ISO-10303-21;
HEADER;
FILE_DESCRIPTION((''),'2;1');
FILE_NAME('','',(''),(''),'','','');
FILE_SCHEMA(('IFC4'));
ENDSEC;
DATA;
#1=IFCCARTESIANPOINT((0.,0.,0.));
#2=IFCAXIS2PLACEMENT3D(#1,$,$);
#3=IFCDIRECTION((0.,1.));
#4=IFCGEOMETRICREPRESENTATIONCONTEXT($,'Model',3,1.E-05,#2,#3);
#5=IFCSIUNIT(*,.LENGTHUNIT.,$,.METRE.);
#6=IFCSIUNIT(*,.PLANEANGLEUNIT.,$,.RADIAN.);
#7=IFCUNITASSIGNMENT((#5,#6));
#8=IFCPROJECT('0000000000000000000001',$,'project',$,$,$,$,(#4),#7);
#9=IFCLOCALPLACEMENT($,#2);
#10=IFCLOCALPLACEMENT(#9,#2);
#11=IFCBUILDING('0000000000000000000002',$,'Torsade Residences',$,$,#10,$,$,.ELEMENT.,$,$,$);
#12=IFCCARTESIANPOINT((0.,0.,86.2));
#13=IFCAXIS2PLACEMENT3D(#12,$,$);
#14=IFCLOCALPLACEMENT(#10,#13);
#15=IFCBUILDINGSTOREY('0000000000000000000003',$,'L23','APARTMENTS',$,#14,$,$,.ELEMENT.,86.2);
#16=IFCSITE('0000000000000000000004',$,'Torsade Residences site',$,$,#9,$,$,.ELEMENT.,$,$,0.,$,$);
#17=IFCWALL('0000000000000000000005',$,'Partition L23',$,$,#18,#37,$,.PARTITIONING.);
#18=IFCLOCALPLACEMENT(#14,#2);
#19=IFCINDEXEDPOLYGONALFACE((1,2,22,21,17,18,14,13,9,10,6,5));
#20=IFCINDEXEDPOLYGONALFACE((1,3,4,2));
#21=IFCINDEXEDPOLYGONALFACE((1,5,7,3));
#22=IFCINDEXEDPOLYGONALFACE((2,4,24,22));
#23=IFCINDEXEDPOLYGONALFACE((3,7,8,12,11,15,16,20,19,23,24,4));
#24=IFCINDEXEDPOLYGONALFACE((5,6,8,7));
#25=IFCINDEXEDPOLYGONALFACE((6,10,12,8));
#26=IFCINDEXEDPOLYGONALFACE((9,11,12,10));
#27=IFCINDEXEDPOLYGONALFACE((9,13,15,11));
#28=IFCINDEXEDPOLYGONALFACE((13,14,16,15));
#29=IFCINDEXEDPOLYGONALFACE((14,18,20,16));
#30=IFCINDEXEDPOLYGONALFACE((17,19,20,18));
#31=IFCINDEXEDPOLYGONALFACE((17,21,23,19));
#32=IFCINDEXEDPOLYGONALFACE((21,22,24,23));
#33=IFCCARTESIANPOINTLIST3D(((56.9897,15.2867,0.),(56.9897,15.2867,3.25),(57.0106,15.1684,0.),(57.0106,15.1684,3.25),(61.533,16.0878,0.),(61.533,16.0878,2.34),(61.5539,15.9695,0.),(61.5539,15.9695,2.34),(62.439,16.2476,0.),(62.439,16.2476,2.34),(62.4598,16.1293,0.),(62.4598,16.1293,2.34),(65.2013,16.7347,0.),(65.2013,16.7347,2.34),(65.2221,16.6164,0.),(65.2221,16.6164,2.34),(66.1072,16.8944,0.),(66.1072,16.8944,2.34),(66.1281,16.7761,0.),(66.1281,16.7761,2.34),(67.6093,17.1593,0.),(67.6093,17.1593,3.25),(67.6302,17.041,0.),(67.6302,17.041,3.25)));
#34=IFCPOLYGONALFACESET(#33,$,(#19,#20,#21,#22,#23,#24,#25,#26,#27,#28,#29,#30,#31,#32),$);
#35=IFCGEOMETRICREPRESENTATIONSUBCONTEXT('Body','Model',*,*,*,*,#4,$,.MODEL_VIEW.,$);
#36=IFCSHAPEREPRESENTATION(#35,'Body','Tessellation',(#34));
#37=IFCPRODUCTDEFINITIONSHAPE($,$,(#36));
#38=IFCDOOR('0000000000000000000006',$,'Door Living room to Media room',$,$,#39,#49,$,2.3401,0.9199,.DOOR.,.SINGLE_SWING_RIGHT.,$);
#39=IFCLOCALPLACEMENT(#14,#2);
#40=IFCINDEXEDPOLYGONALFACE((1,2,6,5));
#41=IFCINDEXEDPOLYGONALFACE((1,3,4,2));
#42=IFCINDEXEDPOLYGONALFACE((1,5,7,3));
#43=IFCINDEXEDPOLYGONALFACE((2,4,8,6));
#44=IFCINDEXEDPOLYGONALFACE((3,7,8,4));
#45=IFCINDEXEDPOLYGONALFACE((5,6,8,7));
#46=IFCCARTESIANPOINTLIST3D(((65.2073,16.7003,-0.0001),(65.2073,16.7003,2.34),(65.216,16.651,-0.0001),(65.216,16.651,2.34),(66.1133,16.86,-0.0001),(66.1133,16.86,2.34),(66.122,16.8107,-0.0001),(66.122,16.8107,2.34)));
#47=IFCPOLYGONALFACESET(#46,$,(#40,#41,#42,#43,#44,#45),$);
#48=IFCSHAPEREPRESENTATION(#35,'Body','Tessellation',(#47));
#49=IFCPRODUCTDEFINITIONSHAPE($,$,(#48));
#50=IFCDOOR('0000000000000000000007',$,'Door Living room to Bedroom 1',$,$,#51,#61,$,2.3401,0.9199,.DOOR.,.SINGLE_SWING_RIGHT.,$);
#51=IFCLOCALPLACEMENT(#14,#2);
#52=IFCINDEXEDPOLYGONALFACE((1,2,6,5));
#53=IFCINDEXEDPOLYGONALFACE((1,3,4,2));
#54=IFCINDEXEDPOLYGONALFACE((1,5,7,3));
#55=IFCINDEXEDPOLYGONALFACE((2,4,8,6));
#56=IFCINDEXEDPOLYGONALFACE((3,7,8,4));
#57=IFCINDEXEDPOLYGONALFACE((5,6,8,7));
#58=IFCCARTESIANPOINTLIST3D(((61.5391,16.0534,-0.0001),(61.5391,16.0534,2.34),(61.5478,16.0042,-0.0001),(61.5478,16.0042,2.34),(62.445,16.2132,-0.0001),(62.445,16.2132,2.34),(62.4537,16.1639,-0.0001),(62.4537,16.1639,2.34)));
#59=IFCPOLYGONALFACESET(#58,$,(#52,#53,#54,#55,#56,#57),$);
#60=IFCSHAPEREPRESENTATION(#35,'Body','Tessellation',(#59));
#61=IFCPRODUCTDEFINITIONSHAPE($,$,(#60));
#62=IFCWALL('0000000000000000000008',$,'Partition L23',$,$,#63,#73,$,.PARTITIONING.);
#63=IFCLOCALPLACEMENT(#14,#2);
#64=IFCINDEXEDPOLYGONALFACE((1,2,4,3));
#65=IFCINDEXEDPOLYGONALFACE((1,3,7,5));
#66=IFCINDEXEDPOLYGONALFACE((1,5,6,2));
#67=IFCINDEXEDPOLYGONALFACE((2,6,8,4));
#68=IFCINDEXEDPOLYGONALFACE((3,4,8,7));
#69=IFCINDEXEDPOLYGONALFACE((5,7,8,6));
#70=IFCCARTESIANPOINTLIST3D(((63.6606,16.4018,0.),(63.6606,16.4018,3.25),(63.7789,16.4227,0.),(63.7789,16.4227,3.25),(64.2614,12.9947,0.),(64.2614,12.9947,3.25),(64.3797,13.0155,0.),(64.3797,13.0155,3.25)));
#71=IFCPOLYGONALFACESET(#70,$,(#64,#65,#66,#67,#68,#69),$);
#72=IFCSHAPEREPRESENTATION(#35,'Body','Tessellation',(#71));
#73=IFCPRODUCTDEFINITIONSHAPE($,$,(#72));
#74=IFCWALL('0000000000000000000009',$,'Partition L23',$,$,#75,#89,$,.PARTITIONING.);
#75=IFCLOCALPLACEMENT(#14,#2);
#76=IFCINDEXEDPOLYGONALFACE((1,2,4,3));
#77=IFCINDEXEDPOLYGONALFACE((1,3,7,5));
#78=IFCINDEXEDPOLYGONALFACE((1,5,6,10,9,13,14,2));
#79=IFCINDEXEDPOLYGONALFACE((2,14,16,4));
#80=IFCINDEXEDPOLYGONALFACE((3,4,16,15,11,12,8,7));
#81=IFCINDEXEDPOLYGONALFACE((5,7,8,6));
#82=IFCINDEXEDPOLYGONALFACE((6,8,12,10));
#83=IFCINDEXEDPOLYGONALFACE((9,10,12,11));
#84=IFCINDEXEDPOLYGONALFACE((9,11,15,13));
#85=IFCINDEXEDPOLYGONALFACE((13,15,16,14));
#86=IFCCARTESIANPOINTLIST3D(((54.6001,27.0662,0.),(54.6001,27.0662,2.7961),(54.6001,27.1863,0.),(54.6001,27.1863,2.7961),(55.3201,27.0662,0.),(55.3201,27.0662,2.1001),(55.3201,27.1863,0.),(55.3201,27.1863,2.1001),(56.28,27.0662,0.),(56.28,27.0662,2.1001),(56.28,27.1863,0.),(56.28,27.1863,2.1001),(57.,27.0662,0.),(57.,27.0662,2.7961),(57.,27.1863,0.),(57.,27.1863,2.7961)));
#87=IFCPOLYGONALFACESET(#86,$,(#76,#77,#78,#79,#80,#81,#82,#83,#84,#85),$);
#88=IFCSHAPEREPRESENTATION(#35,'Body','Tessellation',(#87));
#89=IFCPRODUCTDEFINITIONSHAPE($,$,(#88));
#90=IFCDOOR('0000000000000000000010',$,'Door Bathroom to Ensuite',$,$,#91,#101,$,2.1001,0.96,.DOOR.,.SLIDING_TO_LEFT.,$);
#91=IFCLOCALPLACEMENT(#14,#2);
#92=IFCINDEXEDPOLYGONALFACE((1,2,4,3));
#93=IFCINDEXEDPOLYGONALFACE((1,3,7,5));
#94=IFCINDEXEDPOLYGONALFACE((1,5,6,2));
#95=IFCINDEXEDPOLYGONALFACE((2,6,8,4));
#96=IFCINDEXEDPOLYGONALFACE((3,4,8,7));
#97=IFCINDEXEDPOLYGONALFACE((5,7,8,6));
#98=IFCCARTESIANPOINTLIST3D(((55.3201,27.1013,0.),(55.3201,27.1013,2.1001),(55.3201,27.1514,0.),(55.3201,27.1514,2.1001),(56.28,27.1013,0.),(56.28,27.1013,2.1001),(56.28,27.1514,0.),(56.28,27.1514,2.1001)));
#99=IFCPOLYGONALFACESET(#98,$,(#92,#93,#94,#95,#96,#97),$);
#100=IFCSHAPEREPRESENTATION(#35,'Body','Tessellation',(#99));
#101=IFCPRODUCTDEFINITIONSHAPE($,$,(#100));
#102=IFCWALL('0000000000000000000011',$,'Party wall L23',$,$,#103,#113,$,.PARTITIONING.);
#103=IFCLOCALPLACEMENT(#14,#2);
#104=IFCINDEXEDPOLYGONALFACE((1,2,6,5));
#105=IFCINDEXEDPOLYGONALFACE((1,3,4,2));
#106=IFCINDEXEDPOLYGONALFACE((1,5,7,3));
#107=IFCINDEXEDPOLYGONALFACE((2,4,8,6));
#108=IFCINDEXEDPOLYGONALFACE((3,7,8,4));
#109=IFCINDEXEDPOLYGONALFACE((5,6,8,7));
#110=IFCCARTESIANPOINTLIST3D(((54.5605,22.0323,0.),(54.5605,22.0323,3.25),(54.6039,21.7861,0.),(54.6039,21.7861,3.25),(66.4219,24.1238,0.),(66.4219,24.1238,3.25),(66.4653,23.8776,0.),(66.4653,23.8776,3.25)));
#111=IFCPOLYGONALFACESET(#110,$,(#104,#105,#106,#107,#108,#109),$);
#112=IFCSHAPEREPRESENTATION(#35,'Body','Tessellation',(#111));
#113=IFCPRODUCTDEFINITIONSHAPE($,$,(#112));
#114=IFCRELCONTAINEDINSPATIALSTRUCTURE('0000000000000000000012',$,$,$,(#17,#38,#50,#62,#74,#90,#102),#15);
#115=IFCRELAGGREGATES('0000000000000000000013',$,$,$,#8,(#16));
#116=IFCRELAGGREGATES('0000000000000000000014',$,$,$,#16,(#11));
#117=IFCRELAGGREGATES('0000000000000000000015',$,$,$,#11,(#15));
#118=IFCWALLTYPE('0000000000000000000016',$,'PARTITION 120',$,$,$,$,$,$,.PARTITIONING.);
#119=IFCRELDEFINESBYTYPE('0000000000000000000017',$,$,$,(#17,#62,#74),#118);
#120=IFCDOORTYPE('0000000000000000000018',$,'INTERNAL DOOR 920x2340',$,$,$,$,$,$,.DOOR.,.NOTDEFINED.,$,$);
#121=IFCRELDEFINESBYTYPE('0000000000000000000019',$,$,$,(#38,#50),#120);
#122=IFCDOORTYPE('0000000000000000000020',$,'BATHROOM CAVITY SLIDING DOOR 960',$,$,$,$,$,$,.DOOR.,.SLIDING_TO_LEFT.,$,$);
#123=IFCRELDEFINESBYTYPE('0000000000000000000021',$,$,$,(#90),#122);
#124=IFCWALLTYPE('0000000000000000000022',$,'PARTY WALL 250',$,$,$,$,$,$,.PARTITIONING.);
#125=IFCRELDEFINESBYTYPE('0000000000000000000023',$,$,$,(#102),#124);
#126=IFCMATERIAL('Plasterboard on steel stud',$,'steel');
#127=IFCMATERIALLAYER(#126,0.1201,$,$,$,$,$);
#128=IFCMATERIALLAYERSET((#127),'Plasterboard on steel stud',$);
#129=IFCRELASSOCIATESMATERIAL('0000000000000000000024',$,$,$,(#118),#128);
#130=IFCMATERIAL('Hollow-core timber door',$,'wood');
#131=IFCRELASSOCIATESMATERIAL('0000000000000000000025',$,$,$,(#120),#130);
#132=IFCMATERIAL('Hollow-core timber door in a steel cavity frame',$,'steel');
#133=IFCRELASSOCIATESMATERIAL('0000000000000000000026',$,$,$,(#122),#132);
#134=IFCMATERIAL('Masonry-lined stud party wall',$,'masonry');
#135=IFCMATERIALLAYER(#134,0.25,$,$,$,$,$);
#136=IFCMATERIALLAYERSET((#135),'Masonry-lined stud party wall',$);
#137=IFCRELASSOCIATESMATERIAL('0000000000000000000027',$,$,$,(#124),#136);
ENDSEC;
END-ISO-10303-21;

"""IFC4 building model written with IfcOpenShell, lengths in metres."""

from ifc_helpers import new_model, si_unit, direction, frame, frame_2d, origin, place, context, subcontext, project, spatial, rectangle, extrude, material, layer, layer_set, type_object, element, fill, save


model = new_model("IFC4")

# Units and contexts
model_context = context("Model", 3, precision=1e-05, world=origin(), true_north=direction((0.0, 1.0)))
body_context = subcontext(model_context, "Body", "Model", "MODEL_VIEW")
ifc_project = project(units=[si_unit("LENGTHUNIT", "METRE"), si_unit("PLANEANGLEUNIT", "RADIAN")], contexts=[model_context])

# Site, building, storey
site_placement = place(None, origin())
site = spatial("IfcSite", under=ifc_project, at=site_placement, Name="Torsade Residences site", CompositionType="ELEMENT", RefElevation=0.0)
building_placement = place(site_placement, origin())
building = spatial("IfcBuilding", under=site, at=building_placement, Name="Torsade Residences", CompositionType="ELEMENT")
storey_placement = place(building_placement, frame((0.0, 0.0, 86.2)))
storey = spatial("IfcBuildingStorey", under=building, at=storey_placement, Name="L23", Description="APARTMENTS", CompositionType="ELEMENT", Elevation=86.2)

# Wall, openings, doors
ifc_material_1 = material(Name="Plasterboard on steel stud", Category="steel")
ifc_layer_1 = layer(ifc_material_1, 0.1201)
ifc_layer_set_1 = layer_set([ifc_layer_1], Name="Plasterboard on steel stud")
wall_type_1 = type_object("IfcWallType", Name="PARTITION 120", PredefinedType="PARTITIONING", material=ifc_layer_set_1)
wall_1_placement = place(storey_placement, frame((67.6196, 17.1001, 0.0), z_axis=(0.0, 0.0, 1.0), x_axis=(-0.984807, -0.173651, 0.0)))
wall_1 = element("IfcWall", 1, at=wall_1_placement, inside=storey, type_object=wall_type_1, Name="Partition L23", PredefinedType="PARTITIONING", context=body_context, shape_type="SweptSolid", body=[
    extrude(rectangle(XDim=10.7834, YDim=0.1201, at=frame_2d((5.3916, 0.0))), origin(), (0.0, 0.0, 1.0), 3.25),
])
opening_1_placement = place(wall_1_placement, frame((1.5251, 0.0, 0.0)))
opening_1 = element("IfcOpeningElement", 2, at=opening_1_placement, cuts=wall_1, PredefinedType="OPENING", context=body_context, shape_type="SweptSolid", body=[
    extrude(rectangle(XDim=0.9199, YDim=2.3401, at=frame_2d((0.46, 1.1699))), frame((0.0, 0.0701, 0.0), z_axis=(0.0, -1.0, 0.0), x_axis=(1.0, 0.0, 0.0)), (0.0, 0.0, 1.0), 0.1401),
])
opening_2_placement = place(wall_1_placement, frame((5.25, 0.0, 0.0)))
opening_2 = element("IfcOpeningElement", 3, at=opening_2_placement, cuts=wall_1, PredefinedType="OPENING", context=body_context, shape_type="SweptSolid", body=[
    extrude(rectangle(XDim=0.9199, YDim=2.3401, at=frame_2d((0.46, 1.1699))), frame((0.0, 0.0701, 0.0), z_axis=(0.0, -1.0, 0.0), x_axis=(1.0, 0.0, 0.0)), (0.0, 0.0, 1.0), 0.1401),
])
ifc_material_2 = material(Name="Hollow-core timber door", Category="wood")
door_type_1 = type_object("IfcDoorType", Name="INTERNAL DOOR 920x2340", OperationType="NOTDEFINED", PredefinedType="DOOR", material=ifc_material_2)
door_1_placement = place(opening_1_placement, origin())
door_1 = element("IfcDoor", 4, at=door_1_placement, inside=storey, type_object=door_type_1, Name="Door Living room to Media room", OperationType="SINGLE_SWING_RIGHT", OverallHeight=2.3401, OverallWidth=0.9199, PredefinedType="DOOR", context=body_context, shape_type="SweptSolid", body=[
    extrude(rectangle(XDim=0.9199, YDim=2.3401, at=frame_2d((0.46, 1.1699))), frame((0.0, 0.0249, 0.0), z_axis=(0.0, -1.0, 0.0), x_axis=(1.0, 0.0, 0.0)), (0.0, 0.0, 1.0), 0.05),
])
fill(opening_1, door_1)
door_2_placement = place(opening_2_placement, origin())
door_2 = element("IfcDoor", 5, at=door_2_placement, inside=storey, type_object=door_type_1, Name="Door Living room to Bedroom 1", OperationType="SINGLE_SWING_RIGHT", OverallHeight=2.3401, OverallWidth=0.9199, PredefinedType="DOOR", context=body_context, shape_type="SweptSolid", body=[
    extrude(rectangle(XDim=0.9199, YDim=2.3401, at=frame_2d((0.46, 1.1699))), frame((0.0, 0.0249, 0.0), z_axis=(0.0, -1.0, 0.0), x_axis=(1.0, 0.0, 0.0)), (0.0, 0.0, 1.0), 0.05),
])
fill(opening_2, door_2)

# Wall
wall_2_placement = place(storey_placement, frame((63.7197, 16.4124, 0.0), z_axis=(0.0, 0.0, 1.0), x_axis=(0.173661, -0.984806, 0.0)))
element("IfcWall", 6, at=wall_2_placement, inside=storey, type_object=wall_type_1, Name="Partition L23", PredefinedType="PARTITIONING", context=body_context, shape_type="SweptSolid", body=[
    extrude(rectangle(XDim=3.4597, YDim=0.1201, at=frame_2d((1.73, 0.0))), origin(), (0.0, 0.0, 1.0), 3.25),
])

# Wall, opening, door
wall_3_placement = place(storey_placement, frame((57.0, 27.1262, 0.0), z_axis=(0.0, 0.0, 1.0), x_axis=(-1.0, 0.0, 0.0)))
wall_3 = element("IfcWall", 7, at=wall_3_placement, inside=storey, type_object=wall_type_1, Name="Partition L23", PredefinedType="PARTITIONING", context=body_context, shape_type="SweptSolid", body=[
    extrude(rectangle(XDim=2.3999, YDim=0.1201, at=frame_2d((1.2, 0.0))), origin(), (0.0, 0.0, 1.0), 2.7961),
])
opening_3_placement = place(wall_3_placement, frame((0.72, 0.0, 0.0)))
opening_3 = element("IfcOpeningElement", 8, at=opening_3_placement, cuts=wall_3, PredefinedType="OPENING", context=body_context, shape_type="SweptSolid", body=[
    extrude(rectangle(XDim=0.96, YDim=2.1001, at=frame_2d((0.48, 1.05))), frame((0.0, 0.0701, 0.0), z_axis=(0.0, -1.0, 0.0), x_axis=(1.0, 0.0, 0.0)), (0.0, 0.0, 1.0), 0.1401),
])
ifc_material_3 = material(Name="Hollow-core timber door in a steel cavity frame", Category="steel")
door_type_2 = type_object("IfcDoorType", Name="BATHROOM CAVITY SLIDING DOOR 960", OperationType="SLIDING_TO_LEFT", PredefinedType="DOOR", material=ifc_material_3)
door_3_placement = place(opening_3_placement, origin())
door_3 = element("IfcDoor", 9, at=door_3_placement, inside=storey, type_object=door_type_2, Name="Door Bathroom to Ensuite", OperationType="SLIDING_TO_LEFT", OverallHeight=2.1001, OverallWidth=0.96, PredefinedType="DOOR", context=body_context, shape_type="SweptSolid", body=[
    extrude(rectangle(XDim=0.96, YDim=2.1001, at=frame_2d((0.48, 1.05))), frame((0.0, 0.0249, 0.0), z_axis=(0.0, -1.0, 0.0), x_axis=(1.0, 0.0, 0.0)), (0.0, 0.0, 1.0), 0.05),
])
fill(opening_3, door_3)

# Wall
ifc_material_4 = material(Name="Masonry-lined stud party wall", Category="masonry")
ifc_layer_2 = layer(ifc_material_4, 0.25)
ifc_layer_set_2 = layer_set([ifc_layer_2], Name="Masonry-lined stud party wall")
wall_type_2 = type_object("IfcWallType", Name="PARTY WALL 250", PredefinedType="PARTITIONING", material=ifc_layer_set_2)
wall_4_placement = place(storey_placement, frame((66.4436, 24.0007, 0.0), z_axis=(0.0, 0.0, 1.0), x_axis=(-0.984807, -0.173655, 0.0)))
element("IfcWall", 10, at=wall_4_placement, inside=storey, type_object=wall_type_2, Name="Party wall L23", PredefinedType="PARTITIONING", context=body_context, shape_type="SweptSolid", body=[
    extrude(rectangle(XDim=12.0444, YDim=0.25, at=frame_2d((6.0222, 0.0))), origin(), (0.0, 0.0, 1.0), 3.25),
])

save(model, "model.ifc")
